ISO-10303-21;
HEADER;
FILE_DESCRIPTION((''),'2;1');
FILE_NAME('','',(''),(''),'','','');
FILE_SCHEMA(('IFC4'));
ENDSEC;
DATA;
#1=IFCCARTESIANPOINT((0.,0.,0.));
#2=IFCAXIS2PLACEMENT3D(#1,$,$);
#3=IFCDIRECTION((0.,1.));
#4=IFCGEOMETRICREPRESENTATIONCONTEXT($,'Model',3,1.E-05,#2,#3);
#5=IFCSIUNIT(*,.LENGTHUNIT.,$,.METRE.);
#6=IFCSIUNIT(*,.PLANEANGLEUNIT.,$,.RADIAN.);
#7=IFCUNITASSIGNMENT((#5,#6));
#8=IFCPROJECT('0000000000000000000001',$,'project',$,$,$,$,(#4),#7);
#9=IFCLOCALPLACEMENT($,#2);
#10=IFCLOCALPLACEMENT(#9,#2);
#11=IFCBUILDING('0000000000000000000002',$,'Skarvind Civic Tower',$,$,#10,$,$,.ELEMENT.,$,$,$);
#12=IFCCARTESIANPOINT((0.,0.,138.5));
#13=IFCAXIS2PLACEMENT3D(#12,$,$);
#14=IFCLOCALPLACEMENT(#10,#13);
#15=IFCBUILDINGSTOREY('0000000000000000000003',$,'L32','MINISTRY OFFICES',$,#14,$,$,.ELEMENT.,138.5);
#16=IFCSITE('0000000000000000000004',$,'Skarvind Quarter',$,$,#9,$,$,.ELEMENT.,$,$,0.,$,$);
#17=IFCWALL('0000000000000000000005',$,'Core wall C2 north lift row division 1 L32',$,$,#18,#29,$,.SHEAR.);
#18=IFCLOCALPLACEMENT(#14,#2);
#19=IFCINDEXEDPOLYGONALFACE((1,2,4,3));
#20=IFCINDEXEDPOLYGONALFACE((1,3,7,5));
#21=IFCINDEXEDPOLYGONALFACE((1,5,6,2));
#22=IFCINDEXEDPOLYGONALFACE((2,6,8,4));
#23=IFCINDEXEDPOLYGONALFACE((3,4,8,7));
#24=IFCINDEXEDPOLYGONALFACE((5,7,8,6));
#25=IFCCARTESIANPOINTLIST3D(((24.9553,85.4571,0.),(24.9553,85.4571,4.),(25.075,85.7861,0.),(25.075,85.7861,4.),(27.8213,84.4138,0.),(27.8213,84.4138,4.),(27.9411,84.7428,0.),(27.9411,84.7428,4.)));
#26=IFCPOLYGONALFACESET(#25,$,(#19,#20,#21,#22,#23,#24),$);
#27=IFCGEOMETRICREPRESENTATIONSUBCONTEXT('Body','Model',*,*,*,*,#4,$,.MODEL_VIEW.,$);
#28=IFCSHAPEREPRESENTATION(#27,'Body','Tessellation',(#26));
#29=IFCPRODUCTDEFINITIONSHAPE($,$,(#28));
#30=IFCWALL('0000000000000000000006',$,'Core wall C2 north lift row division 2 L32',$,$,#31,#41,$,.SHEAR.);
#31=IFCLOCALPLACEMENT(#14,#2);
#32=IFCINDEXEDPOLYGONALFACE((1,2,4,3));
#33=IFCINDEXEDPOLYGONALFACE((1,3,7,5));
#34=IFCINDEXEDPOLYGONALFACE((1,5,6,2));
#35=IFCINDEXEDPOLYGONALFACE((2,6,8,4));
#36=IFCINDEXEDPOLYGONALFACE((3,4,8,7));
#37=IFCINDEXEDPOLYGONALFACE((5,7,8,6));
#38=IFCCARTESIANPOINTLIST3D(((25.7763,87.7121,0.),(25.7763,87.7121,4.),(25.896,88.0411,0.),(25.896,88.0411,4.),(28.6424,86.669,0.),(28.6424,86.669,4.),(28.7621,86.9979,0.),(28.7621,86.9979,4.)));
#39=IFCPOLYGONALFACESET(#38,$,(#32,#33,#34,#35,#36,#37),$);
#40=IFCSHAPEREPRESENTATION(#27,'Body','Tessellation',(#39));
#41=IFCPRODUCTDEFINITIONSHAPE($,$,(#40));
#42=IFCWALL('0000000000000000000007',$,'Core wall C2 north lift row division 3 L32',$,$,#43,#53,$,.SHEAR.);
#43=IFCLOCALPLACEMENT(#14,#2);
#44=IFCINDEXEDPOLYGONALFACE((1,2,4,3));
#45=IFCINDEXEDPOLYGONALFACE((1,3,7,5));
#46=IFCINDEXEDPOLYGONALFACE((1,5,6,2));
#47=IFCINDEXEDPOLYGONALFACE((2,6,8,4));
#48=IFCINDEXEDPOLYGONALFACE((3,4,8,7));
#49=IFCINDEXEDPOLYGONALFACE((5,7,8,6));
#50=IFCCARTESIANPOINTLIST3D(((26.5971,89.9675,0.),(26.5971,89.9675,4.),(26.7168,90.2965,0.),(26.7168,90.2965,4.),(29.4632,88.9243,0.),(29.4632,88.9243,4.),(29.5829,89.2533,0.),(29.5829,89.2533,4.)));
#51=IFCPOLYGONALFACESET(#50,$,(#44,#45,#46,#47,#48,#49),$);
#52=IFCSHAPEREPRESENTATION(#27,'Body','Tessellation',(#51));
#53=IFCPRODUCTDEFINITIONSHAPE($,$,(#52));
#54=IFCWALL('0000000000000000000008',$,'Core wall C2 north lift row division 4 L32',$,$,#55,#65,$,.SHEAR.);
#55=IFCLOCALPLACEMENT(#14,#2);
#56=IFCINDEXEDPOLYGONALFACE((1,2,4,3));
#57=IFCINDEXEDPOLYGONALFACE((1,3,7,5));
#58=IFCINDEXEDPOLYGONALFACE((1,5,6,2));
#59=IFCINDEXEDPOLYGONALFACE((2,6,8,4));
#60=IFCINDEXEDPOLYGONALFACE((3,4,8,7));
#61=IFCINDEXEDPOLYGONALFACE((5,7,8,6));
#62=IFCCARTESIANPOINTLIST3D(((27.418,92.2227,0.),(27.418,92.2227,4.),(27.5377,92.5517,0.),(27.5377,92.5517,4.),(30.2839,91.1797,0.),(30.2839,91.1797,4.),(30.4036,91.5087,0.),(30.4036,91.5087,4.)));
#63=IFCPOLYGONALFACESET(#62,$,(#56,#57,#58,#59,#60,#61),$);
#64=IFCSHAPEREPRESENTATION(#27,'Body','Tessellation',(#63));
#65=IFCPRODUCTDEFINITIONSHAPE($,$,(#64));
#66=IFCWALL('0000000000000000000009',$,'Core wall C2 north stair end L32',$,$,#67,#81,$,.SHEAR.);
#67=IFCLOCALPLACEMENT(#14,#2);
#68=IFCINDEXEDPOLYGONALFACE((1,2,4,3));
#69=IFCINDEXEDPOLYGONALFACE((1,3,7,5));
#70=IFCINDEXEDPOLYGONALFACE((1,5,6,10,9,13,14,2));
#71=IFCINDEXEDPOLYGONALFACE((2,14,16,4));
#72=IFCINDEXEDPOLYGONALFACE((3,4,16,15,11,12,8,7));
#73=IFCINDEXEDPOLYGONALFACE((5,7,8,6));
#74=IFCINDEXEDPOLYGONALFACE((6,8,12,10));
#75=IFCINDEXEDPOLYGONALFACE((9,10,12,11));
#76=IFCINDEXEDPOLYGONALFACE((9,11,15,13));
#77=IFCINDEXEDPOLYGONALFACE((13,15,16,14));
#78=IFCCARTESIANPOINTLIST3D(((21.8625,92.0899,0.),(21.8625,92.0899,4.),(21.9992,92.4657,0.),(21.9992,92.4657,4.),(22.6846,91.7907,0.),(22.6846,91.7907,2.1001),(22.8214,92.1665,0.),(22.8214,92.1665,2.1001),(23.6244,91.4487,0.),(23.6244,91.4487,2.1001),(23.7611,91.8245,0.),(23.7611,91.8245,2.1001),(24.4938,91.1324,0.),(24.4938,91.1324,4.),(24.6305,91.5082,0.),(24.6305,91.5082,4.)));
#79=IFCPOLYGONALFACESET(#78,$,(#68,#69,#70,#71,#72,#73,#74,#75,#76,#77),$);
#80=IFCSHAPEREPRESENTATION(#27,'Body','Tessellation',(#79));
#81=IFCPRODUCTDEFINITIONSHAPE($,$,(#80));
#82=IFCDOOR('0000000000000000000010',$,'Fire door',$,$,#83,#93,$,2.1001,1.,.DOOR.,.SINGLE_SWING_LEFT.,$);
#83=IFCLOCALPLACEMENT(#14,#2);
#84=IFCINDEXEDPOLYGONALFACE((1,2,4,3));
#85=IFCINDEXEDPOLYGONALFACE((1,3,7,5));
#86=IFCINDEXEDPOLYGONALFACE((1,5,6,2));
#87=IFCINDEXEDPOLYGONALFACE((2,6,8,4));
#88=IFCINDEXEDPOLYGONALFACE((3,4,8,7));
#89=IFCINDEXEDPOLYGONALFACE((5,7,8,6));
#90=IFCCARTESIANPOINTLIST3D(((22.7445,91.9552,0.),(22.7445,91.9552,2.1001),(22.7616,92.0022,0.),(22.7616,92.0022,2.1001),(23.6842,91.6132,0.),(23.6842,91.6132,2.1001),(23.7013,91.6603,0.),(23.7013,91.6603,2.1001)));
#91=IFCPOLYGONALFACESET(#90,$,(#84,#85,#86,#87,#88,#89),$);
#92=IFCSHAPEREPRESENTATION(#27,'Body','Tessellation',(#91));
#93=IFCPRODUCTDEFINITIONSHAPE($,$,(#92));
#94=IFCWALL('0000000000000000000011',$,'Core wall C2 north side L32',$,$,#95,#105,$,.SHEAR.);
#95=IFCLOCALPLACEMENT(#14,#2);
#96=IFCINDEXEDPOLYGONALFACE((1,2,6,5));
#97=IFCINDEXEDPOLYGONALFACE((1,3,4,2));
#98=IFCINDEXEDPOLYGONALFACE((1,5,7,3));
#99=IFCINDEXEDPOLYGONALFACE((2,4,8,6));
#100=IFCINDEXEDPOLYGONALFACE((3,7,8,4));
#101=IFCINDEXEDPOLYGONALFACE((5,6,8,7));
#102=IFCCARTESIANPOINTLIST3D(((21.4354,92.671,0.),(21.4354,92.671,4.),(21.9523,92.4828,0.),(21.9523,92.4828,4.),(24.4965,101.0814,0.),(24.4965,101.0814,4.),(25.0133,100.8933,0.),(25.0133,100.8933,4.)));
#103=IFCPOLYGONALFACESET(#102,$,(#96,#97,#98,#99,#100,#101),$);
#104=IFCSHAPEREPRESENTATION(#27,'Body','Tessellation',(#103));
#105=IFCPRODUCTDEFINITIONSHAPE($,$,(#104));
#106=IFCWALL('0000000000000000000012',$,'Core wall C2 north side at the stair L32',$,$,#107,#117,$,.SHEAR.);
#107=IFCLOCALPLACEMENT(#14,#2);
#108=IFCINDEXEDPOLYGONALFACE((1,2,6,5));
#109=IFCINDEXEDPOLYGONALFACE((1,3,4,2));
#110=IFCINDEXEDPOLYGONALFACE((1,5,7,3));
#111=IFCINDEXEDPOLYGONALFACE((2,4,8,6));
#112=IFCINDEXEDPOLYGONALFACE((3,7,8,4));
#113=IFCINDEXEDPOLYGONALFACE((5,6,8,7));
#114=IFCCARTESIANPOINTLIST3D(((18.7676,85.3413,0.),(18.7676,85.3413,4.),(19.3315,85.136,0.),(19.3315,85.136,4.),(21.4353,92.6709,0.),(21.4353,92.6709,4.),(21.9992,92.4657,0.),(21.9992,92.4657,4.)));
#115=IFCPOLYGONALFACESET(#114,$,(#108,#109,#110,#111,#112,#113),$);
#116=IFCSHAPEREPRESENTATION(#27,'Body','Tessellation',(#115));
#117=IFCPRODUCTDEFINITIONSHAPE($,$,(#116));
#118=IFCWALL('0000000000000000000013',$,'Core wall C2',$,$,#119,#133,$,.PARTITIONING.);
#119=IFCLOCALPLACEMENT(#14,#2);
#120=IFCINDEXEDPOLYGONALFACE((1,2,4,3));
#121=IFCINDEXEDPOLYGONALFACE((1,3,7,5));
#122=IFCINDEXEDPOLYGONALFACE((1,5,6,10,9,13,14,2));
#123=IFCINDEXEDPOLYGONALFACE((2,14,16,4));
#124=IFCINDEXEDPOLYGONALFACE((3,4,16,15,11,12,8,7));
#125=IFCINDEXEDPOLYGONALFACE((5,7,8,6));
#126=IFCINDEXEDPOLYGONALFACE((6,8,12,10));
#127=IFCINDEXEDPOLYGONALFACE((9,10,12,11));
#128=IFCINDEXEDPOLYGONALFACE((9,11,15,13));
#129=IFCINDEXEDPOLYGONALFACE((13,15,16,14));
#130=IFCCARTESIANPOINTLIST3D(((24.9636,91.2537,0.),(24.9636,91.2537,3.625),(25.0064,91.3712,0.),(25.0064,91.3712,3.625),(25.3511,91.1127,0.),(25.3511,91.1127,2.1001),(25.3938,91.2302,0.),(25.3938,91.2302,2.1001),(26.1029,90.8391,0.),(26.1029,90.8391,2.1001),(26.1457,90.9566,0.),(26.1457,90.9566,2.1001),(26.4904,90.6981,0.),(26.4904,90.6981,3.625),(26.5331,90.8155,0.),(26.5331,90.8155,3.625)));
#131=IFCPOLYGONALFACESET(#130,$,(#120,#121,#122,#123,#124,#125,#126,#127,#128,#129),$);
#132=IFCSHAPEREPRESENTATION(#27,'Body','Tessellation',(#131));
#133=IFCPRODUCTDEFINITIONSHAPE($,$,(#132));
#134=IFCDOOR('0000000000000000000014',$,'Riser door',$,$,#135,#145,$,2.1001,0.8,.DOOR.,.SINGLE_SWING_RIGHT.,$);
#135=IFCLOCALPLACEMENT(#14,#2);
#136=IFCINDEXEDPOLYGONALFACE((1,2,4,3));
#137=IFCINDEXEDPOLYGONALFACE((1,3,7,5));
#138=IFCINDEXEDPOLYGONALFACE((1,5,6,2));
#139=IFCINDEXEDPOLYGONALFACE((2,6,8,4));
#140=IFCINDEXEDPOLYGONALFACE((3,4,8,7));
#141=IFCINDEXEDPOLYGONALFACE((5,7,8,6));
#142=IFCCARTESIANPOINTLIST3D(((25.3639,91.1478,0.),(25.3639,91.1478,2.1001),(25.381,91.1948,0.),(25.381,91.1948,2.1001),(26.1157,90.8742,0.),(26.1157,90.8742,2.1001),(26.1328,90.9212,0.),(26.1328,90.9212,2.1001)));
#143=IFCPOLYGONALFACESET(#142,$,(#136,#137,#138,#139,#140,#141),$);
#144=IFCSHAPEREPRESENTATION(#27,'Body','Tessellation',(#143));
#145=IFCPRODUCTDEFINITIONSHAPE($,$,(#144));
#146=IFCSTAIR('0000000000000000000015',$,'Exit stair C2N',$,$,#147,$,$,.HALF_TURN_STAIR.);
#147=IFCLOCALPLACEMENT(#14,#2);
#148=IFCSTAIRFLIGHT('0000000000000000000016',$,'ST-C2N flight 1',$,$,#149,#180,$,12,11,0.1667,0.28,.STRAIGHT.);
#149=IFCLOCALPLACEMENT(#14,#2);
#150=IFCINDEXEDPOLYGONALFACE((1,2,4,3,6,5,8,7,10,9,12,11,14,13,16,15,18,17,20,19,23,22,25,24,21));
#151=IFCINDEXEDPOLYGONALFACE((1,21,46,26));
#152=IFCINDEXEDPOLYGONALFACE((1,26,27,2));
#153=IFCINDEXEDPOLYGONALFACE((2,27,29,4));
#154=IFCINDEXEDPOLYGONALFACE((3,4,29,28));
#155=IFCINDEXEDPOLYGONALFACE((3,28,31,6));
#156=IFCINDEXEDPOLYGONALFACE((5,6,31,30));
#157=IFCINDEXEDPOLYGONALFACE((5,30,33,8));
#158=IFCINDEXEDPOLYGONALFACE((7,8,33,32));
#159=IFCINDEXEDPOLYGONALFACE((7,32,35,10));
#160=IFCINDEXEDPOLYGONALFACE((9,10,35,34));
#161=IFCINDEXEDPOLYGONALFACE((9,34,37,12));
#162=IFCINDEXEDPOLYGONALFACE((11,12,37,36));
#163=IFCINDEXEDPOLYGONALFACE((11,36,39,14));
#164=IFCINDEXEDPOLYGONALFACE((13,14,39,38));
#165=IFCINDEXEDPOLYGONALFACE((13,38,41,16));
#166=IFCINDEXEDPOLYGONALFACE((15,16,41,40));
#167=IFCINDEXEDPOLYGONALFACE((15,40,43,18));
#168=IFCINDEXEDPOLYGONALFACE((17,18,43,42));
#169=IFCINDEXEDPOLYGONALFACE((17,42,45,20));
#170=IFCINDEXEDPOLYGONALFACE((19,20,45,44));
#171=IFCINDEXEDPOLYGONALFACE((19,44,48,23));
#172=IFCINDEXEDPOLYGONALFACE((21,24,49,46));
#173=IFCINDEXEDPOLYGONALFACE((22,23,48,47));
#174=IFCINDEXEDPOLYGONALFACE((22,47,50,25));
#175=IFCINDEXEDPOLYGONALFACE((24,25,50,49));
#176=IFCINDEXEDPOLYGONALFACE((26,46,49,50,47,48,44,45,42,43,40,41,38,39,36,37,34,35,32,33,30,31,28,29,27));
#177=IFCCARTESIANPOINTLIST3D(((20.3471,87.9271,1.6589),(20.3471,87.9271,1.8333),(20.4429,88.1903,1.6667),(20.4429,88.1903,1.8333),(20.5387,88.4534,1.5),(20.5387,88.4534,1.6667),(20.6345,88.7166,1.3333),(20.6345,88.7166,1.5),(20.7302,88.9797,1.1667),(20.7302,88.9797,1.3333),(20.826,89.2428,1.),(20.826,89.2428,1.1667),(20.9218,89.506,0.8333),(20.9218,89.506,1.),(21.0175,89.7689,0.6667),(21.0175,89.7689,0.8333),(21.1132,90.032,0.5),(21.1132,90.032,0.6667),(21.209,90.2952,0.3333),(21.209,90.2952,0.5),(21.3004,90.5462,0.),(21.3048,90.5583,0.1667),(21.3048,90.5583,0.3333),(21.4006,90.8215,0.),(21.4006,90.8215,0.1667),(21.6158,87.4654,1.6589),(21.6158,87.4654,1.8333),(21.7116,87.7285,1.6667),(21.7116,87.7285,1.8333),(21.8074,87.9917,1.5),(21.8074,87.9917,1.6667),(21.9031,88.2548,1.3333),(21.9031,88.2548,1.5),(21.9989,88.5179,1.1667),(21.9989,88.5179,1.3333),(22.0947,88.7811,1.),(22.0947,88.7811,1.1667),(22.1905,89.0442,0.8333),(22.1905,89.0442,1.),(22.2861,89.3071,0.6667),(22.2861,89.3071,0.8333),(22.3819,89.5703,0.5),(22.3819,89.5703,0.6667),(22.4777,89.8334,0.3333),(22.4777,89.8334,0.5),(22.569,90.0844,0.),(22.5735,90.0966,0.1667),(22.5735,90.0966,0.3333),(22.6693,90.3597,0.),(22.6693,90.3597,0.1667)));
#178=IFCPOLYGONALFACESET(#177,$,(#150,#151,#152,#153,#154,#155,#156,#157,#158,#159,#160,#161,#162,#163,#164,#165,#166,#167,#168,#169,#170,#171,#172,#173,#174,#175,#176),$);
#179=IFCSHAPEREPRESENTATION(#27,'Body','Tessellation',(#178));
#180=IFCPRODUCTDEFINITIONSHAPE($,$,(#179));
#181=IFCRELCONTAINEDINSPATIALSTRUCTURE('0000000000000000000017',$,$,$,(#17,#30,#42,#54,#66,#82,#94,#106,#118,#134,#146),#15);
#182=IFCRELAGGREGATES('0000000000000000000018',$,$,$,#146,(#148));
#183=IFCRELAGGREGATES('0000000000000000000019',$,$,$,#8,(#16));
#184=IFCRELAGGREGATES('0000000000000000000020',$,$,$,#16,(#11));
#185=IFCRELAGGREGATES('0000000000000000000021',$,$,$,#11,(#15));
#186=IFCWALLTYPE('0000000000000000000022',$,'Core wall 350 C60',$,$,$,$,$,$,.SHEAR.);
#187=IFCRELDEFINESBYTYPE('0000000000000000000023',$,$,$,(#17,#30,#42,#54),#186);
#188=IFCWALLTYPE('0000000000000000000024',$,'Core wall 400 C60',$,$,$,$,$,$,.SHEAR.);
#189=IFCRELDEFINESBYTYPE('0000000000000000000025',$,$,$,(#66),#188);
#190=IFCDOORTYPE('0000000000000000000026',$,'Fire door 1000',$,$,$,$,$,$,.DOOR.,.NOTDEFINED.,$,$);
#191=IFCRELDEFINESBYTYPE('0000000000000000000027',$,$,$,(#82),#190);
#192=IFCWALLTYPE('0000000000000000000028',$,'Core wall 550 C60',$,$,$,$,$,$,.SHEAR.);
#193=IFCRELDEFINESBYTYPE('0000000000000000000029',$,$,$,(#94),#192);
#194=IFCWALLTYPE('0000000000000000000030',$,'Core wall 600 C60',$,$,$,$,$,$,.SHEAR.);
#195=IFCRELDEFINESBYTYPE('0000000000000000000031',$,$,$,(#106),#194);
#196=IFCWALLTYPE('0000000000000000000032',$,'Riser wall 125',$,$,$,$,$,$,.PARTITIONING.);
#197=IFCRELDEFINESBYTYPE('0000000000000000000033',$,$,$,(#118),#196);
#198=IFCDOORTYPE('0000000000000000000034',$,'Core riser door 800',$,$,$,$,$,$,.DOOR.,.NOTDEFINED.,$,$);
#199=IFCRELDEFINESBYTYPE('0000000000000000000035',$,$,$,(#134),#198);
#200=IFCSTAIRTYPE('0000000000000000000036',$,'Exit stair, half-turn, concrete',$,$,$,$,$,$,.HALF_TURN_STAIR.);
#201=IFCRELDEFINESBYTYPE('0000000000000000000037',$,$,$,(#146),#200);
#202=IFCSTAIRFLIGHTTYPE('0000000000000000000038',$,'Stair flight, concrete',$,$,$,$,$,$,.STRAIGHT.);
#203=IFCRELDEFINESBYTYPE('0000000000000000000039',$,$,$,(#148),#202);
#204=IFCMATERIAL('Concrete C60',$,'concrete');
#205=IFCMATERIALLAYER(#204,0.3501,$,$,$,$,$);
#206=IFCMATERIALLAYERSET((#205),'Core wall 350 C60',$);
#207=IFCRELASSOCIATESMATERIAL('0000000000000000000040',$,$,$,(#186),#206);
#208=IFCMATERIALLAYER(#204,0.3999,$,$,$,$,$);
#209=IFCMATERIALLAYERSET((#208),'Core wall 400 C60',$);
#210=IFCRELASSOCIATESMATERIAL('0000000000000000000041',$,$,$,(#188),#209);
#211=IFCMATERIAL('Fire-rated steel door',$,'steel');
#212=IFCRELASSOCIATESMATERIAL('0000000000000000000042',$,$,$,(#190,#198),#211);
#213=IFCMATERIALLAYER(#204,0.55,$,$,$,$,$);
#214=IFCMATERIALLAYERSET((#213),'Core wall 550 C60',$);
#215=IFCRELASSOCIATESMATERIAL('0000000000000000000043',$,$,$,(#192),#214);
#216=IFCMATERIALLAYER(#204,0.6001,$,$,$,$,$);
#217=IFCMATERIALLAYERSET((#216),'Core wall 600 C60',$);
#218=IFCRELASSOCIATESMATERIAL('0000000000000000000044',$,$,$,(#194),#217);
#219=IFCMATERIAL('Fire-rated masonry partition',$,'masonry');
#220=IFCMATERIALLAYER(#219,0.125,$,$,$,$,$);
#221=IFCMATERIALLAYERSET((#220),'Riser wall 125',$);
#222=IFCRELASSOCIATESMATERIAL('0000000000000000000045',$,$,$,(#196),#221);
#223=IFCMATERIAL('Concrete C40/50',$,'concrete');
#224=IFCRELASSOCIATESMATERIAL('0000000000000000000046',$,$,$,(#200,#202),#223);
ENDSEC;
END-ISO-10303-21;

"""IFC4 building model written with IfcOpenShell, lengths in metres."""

from ifc_helpers import new_model, si_unit, direction, frame, frame_2d, origin, place, context, subcontext, project, spatial, polyline, rectangle, outline, extrude, material, layer, layer_set, type_object, element, fill, aggregate, save


model = new_model("IFC4")

# Units and contexts
model_context = context("Model", 3, precision=1e-05, world=origin(), true_north=direction((0.0, 1.0)))
body_context = subcontext(model_context, "Body", "Model", "MODEL_VIEW")
ifc_project = project(units=[si_unit("LENGTHUNIT", "METRE"), si_unit("PLANEANGLEUNIT", "RADIAN")], contexts=[model_context])

# Site, building, storey
site_placement = place(None, origin())
site = spatial("IfcSite", under=ifc_project, at=site_placement, Name="Skarvind Quarter", CompositionType="ELEMENT", RefElevation=0.0)
building_placement = place(site_placement, origin())
building = spatial("IfcBuilding", under=site, at=building_placement, Name="Skarvind Civic Tower", CompositionType="ELEMENT")
storey_placement = place(building_placement, frame((0.0, 0.0, 138.5)))
storey = spatial("IfcBuildingStorey", under=building, at=storey_placement, Name="L32", Description="MINISTRY OFFICES", CompositionType="ELEMENT", Elevation=138.5)

# Walls
ifc_material_1 = material(Name="Concrete C60", Category="concrete")
ifc_layer_1 = layer(ifc_material_1, 0.3501)
ifc_layer_set_1 = layer_set([ifc_layer_1], Name="Core wall 350 C60")
wall_type_1 = type_object("IfcWallType", Name="Core wall 350 C60", PredefinedType="SHEAR", material=ifc_layer_set_1)
for number, where, z_axis, x_axis, name in (
    (1, (27.8811, 84.5784, 0.0), (0.0, 0.0, 1.0), (-0.939684, 0.342045, 0.0), "Core wall C2 north lift row division 1 L32"),
    (2, (28.7021, 86.8335, 0.0), (0.0, 0.0, 1.0), (-0.939693, 0.342019, 0.0), "Core wall C2 north lift row division 2 L32"),
    (3, (29.5229, 89.0889, 0.0), (0.0, 0.0, 1.0), (-0.939693, 0.342019, 0.0), "Core wall C2 north lift row division 3 L32"),
):
    element("IfcWall", number, at=place(storey_placement, frame(where, z_axis=z_axis, x_axis=x_axis)), inside=storey, type_object=wall_type_1, Name=name, PredefinedType="SHEAR", context=body_context, shape_type="SweptSolid", body=[
        extrude(rectangle(XDim=3.05, YDim=0.3501, at=frame_2d((1.5249, 0.0))), origin(), (0.0, 0.0, 1.0), 4.0),
    ])
wall_1_placement = place(storey_placement, frame((30.3438, 91.3442, 0.0), z_axis=(0.0, 0.0, 1.0), x_axis=(-0.939709, 0.341974, 0.0)))
element("IfcWall", 4, at=wall_1_placement, inside=storey, type_object=wall_type_1, Name="Core wall C2 north lift row division 4 L32", PredefinedType="SHEAR", context=body_context, shape_type="SweptSolid", body=[
    extrude(rectangle(XDim=3.0498, YDim=0.3501, at=frame_2d((1.5249, 0.0))), origin(), (0.0, 0.0, 1.0), 4.0),
])

# Wall, opening, door
ifc_layer_2 = layer(ifc_material_1, 0.3999)
ifc_layer_set_2 = layer_set([ifc_layer_2], Name="Core wall 400 C60")
wall_type_2 = type_object("IfcWallType", Name="Core wall 400 C60", PredefinedType="SHEAR", material=ifc_layer_set_2)
wall_2_placement = place(storey_placement, frame((24.562, 91.3203, 0.0), z_axis=(0.0, 0.0, 1.0), x_axis=(-0.939717, 0.341953, 0.0)))
wall_2 = element("IfcWall", 5, at=wall_2_placement, inside=storey, type_object=wall_type_2, Name="Core wall C2 north stair end L32", PredefinedType="SHEAR", context=body_context, shape_type="SweptSolid", body=[
    extrude(rectangle(XDim=2.8, YDim=0.3999, at=frame_2d((1.3999, 0.0))), origin(), (0.0, 0.0, 1.0), 4.0),
])
opening_1_placement = place(wall_2_placement, frame((0.925, 0.0, 0.0)))
opening_1 = element("IfcOpeningElement", 6, at=opening_1_placement, cuts=wall_2, PredefinedType="OPENING", context=body_context, shape_type="SweptSolid", body=[
    extrude(rectangle(XDim=1.0, YDim=2.1001, at=frame_2d((0.5, 1.05))), frame((0.0, 0.21, 0.0), z_axis=(0.0, -1.0, 0.0), x_axis=(1.0, 0.0, 0.0)), (0.0, 0.0, 1.0), 0.4199),
])
ifc_material_2 = material(Name="Fire-rated steel door", Category="steel")
door_type_1 = type_object("IfcDoorType", Name="Fire door 1000", OperationType="NOTDEFINED", PredefinedType="DOOR", material=ifc_material_2)
door_1_placement = place(opening_1_placement, origin())
door_1 = element("IfcDoor", 7, at=door_1_placement, inside=storey, type_object=door_type_1, Name="Fire door", OperationType="SINGLE_SWING_LEFT", OverallHeight=2.1001, OverallWidth=1.0, PredefinedType="DOOR", context=body_context, shape_type="SweptSolid", body=[
    extrude(rectangle(XDim=1.0, YDim=2.1001, at=frame_2d((0.5, 1.05))), frame((0.0, 0.0249, 0.0), z_axis=(0.0, -1.0, 0.0), x_axis=(1.0, 0.0, 0.0)), (0.0, 0.0, 1.0), 0.05),
])
fill(opening_1, door_1)

# Walls
ifc_layer_3 = layer(ifc_material_1, 0.55)
ifc_layer_set_3 = layer_set([ifc_layer_3], Name="Core wall 550 C60")
wall_type_3 = type_object("IfcWallType", Name="Core wall 550 C60", PredefinedType="SHEAR", material=ifc_layer_set_3)
wall_3_placement = place(storey_placement, frame((21.6938, 92.5769, 0.0), z_axis=(0.0, 0.0, 1.0), x_axis=(0.34201, 0.939696, 0.0)))
element("IfcWall", 8, at=wall_3_placement, inside=storey, type_object=wall_type_3, Name="Core wall C2 north side L32", PredefinedType="SHEAR", context=body_context, shape_type="SweptSolid", body=[
    extrude(rectangle(XDim=8.9502, YDim=0.55, at=frame_2d((4.4751, 0.0))), origin(), (0.0, 0.0, 1.0), 4.0),
])
ifc_layer_4 = layer(ifc_material_1, 0.6001)
ifc_layer_set_4 = layer_set([ifc_layer_4], Name="Core wall 600 C60")
wall_type_4 = type_object("IfcWallType", Name="Core wall 600 C60", PredefinedType="SHEAR", material=ifc_layer_set_4)
wall_4_placement = place(storey_placement, frame((19.0496, 85.2388, 0.0), z_axis=(0.0, 0.0, 1.0), x_axis=(0.342017, 0.939694, 0.0)))
element("IfcWall", 9, at=wall_4_placement, inside=storey, type_object=wall_type_4, Name="Core wall C2 north side at the stair L32", PredefinedType="SHEAR", context=body_context, shape_type="SweptSolid", body=[
    extrude(rectangle(XDim=7.8, YDim=0.6001, at=frame_2d((3.8999, 0.0))), origin(), (0.0, 0.0, 1.0), 4.0),
])

# Wall, opening, door
ifc_material_3 = material(Name="Fire-rated masonry partition", Category="masonry")
ifc_layer_5 = layer(ifc_material_3, 0.125)
ifc_layer_set_5 = layer_set([ifc_layer_5], Name="Riser wall 125")
wall_type_5 = type_object("IfcWallType", Name="Riser wall 125", PredefinedType="PARTITIONING", material=ifc_layer_set_5)
wall_5_placement = place(storey_placement, frame((24.9849, 91.3125, 0.0), z_axis=(0.0, 0.0, 1.0), x_axis=(0.939706, -0.341984, 0.0)))
wall_5 = element("IfcWall", 10, at=wall_5_placement, inside=storey, type_object=wall_type_5, Name="Core wall C2", PredefinedType="PARTITIONING", context=body_context, shape_type="SweptSolid", body=[
    extrude(rectangle(XDim=1.6248, YDim=0.125, at=frame_2d((0.8125, 0.0))), origin(), (0.0, 0.0, 1.0), 3.625),
])
opening_2_placement = place(wall_5_placement, frame((0.4126, 0.0, 0.0)))
opening_2 = element("IfcOpeningElement", 11, at=opening_2_placement, cuts=wall_5, PredefinedType="OPENING", context=body_context, shape_type="SweptSolid", body=[
    extrude(rectangle(XDim=0.8, YDim=2.1001, at=frame_2d((0.3999, 1.05))), frame((0.0, 0.0725, 0.0), z_axis=(0.0, -1.0, 0.0), x_axis=(1.0, 0.0, 0.0)), (0.0, 0.0, 1.0), 0.145),
])
door_type_2 = type_object("IfcDoorType", Name="Core riser door 800", OperationType="NOTDEFINED", PredefinedType="DOOR", material=ifc_material_2)
door_2_placement = place(opening_2_placement, origin())
door_2 = element("IfcDoor", 12, at=door_2_placement, inside=storey, type_object=door_type_2, Name="Riser door", OperationType="SINGLE_SWING_RIGHT", OverallHeight=2.1001, OverallWidth=0.8, PredefinedType="DOOR", context=body_context, shape_type="SweptSolid", body=[
    extrude(rectangle(XDim=0.8, YDim=2.1001, at=frame_2d((0.3999, 1.05))), frame((0.0, 0.0249, 0.0), z_axis=(0.0, -1.0, 0.0), x_axis=(1.0, 0.0, 0.0)), (0.0, 0.0, 1.0), 0.05),
])
fill(opening_2, door_2)

# Stair, stair flight
ifc_material_4 = material(Name="Concrete C40/50", Category="concrete")
stair_type = type_object("IfcStairType", Name="Exit stair, half-turn, concrete", PredefinedType="HALF_TURN_STAIR", material=ifc_material_4)
stair_placement = place(storey_placement, origin())
stair = element("IfcStair", 13, at=stair_placement, inside=storey, type_object=stair_type, Name="Exit stair C2N", PredefinedType="HALF_TURN_STAIR")
stair_flight_type = type_object("IfcStairFlightType", Name="Stair flight, concrete", PredefinedType="STRAIGHT", material=ifc_material_4)
stair_flight_1_placement = place(storey_placement, frame((22.0349, 90.5906, 0.0), z_axis=(0.0, 0.0, 1.0), x_axis=(-0.34202, -0.939693, 0.0)))
stair_flight_1 = element("IfcStairFlight", 14, at=stair_flight_1_placement, type_object=stair_flight_type, Name="ST-C2N flight 1", NumberOfRisers=12, NumberOfTreads=11, PredefinedType="STRAIGHT", RiserHeight=0.1667, TreadLength=0.28, context=body_context, shape_type="SweptSolid", body=[
    extrude(outline(polyline([(0.0, 0.0), (0.0, 0.1667), (0.28, 0.1667), (0.28, 0.3333), (0.5601, 0.3333), (0.5601, 0.5), (0.8401, 0.5), (0.8401, 0.6667), (1.1201, 0.6667), (1.1201, 0.8333), (1.3999, 0.8333), (1.3999, 1.0), (1.6799, 1.0), (1.6799, 1.1667), (1.96, 1.1667), (1.96, 1.3333), (2.24, 1.3333), (2.24, 1.5), (2.52, 1.5), (2.52, 1.6667), (2.8, 1.6667), (2.8, 1.8333), (3.0801, 1.8333), (3.0801, 2.0), (3.0801, 1.6589), (0.293, 0.0), (0.0, 0.0)])), frame((0.0, 0.675, 0.0), z_axis=(0.0, -1.0, 0.0), x_axis=(1.0, 0.0, 0.0)), (0.0, 0.0, 1.0), 1.3501),
])
aggregate(stair, [stair_flight_1])

save(model, "model.ifc")
